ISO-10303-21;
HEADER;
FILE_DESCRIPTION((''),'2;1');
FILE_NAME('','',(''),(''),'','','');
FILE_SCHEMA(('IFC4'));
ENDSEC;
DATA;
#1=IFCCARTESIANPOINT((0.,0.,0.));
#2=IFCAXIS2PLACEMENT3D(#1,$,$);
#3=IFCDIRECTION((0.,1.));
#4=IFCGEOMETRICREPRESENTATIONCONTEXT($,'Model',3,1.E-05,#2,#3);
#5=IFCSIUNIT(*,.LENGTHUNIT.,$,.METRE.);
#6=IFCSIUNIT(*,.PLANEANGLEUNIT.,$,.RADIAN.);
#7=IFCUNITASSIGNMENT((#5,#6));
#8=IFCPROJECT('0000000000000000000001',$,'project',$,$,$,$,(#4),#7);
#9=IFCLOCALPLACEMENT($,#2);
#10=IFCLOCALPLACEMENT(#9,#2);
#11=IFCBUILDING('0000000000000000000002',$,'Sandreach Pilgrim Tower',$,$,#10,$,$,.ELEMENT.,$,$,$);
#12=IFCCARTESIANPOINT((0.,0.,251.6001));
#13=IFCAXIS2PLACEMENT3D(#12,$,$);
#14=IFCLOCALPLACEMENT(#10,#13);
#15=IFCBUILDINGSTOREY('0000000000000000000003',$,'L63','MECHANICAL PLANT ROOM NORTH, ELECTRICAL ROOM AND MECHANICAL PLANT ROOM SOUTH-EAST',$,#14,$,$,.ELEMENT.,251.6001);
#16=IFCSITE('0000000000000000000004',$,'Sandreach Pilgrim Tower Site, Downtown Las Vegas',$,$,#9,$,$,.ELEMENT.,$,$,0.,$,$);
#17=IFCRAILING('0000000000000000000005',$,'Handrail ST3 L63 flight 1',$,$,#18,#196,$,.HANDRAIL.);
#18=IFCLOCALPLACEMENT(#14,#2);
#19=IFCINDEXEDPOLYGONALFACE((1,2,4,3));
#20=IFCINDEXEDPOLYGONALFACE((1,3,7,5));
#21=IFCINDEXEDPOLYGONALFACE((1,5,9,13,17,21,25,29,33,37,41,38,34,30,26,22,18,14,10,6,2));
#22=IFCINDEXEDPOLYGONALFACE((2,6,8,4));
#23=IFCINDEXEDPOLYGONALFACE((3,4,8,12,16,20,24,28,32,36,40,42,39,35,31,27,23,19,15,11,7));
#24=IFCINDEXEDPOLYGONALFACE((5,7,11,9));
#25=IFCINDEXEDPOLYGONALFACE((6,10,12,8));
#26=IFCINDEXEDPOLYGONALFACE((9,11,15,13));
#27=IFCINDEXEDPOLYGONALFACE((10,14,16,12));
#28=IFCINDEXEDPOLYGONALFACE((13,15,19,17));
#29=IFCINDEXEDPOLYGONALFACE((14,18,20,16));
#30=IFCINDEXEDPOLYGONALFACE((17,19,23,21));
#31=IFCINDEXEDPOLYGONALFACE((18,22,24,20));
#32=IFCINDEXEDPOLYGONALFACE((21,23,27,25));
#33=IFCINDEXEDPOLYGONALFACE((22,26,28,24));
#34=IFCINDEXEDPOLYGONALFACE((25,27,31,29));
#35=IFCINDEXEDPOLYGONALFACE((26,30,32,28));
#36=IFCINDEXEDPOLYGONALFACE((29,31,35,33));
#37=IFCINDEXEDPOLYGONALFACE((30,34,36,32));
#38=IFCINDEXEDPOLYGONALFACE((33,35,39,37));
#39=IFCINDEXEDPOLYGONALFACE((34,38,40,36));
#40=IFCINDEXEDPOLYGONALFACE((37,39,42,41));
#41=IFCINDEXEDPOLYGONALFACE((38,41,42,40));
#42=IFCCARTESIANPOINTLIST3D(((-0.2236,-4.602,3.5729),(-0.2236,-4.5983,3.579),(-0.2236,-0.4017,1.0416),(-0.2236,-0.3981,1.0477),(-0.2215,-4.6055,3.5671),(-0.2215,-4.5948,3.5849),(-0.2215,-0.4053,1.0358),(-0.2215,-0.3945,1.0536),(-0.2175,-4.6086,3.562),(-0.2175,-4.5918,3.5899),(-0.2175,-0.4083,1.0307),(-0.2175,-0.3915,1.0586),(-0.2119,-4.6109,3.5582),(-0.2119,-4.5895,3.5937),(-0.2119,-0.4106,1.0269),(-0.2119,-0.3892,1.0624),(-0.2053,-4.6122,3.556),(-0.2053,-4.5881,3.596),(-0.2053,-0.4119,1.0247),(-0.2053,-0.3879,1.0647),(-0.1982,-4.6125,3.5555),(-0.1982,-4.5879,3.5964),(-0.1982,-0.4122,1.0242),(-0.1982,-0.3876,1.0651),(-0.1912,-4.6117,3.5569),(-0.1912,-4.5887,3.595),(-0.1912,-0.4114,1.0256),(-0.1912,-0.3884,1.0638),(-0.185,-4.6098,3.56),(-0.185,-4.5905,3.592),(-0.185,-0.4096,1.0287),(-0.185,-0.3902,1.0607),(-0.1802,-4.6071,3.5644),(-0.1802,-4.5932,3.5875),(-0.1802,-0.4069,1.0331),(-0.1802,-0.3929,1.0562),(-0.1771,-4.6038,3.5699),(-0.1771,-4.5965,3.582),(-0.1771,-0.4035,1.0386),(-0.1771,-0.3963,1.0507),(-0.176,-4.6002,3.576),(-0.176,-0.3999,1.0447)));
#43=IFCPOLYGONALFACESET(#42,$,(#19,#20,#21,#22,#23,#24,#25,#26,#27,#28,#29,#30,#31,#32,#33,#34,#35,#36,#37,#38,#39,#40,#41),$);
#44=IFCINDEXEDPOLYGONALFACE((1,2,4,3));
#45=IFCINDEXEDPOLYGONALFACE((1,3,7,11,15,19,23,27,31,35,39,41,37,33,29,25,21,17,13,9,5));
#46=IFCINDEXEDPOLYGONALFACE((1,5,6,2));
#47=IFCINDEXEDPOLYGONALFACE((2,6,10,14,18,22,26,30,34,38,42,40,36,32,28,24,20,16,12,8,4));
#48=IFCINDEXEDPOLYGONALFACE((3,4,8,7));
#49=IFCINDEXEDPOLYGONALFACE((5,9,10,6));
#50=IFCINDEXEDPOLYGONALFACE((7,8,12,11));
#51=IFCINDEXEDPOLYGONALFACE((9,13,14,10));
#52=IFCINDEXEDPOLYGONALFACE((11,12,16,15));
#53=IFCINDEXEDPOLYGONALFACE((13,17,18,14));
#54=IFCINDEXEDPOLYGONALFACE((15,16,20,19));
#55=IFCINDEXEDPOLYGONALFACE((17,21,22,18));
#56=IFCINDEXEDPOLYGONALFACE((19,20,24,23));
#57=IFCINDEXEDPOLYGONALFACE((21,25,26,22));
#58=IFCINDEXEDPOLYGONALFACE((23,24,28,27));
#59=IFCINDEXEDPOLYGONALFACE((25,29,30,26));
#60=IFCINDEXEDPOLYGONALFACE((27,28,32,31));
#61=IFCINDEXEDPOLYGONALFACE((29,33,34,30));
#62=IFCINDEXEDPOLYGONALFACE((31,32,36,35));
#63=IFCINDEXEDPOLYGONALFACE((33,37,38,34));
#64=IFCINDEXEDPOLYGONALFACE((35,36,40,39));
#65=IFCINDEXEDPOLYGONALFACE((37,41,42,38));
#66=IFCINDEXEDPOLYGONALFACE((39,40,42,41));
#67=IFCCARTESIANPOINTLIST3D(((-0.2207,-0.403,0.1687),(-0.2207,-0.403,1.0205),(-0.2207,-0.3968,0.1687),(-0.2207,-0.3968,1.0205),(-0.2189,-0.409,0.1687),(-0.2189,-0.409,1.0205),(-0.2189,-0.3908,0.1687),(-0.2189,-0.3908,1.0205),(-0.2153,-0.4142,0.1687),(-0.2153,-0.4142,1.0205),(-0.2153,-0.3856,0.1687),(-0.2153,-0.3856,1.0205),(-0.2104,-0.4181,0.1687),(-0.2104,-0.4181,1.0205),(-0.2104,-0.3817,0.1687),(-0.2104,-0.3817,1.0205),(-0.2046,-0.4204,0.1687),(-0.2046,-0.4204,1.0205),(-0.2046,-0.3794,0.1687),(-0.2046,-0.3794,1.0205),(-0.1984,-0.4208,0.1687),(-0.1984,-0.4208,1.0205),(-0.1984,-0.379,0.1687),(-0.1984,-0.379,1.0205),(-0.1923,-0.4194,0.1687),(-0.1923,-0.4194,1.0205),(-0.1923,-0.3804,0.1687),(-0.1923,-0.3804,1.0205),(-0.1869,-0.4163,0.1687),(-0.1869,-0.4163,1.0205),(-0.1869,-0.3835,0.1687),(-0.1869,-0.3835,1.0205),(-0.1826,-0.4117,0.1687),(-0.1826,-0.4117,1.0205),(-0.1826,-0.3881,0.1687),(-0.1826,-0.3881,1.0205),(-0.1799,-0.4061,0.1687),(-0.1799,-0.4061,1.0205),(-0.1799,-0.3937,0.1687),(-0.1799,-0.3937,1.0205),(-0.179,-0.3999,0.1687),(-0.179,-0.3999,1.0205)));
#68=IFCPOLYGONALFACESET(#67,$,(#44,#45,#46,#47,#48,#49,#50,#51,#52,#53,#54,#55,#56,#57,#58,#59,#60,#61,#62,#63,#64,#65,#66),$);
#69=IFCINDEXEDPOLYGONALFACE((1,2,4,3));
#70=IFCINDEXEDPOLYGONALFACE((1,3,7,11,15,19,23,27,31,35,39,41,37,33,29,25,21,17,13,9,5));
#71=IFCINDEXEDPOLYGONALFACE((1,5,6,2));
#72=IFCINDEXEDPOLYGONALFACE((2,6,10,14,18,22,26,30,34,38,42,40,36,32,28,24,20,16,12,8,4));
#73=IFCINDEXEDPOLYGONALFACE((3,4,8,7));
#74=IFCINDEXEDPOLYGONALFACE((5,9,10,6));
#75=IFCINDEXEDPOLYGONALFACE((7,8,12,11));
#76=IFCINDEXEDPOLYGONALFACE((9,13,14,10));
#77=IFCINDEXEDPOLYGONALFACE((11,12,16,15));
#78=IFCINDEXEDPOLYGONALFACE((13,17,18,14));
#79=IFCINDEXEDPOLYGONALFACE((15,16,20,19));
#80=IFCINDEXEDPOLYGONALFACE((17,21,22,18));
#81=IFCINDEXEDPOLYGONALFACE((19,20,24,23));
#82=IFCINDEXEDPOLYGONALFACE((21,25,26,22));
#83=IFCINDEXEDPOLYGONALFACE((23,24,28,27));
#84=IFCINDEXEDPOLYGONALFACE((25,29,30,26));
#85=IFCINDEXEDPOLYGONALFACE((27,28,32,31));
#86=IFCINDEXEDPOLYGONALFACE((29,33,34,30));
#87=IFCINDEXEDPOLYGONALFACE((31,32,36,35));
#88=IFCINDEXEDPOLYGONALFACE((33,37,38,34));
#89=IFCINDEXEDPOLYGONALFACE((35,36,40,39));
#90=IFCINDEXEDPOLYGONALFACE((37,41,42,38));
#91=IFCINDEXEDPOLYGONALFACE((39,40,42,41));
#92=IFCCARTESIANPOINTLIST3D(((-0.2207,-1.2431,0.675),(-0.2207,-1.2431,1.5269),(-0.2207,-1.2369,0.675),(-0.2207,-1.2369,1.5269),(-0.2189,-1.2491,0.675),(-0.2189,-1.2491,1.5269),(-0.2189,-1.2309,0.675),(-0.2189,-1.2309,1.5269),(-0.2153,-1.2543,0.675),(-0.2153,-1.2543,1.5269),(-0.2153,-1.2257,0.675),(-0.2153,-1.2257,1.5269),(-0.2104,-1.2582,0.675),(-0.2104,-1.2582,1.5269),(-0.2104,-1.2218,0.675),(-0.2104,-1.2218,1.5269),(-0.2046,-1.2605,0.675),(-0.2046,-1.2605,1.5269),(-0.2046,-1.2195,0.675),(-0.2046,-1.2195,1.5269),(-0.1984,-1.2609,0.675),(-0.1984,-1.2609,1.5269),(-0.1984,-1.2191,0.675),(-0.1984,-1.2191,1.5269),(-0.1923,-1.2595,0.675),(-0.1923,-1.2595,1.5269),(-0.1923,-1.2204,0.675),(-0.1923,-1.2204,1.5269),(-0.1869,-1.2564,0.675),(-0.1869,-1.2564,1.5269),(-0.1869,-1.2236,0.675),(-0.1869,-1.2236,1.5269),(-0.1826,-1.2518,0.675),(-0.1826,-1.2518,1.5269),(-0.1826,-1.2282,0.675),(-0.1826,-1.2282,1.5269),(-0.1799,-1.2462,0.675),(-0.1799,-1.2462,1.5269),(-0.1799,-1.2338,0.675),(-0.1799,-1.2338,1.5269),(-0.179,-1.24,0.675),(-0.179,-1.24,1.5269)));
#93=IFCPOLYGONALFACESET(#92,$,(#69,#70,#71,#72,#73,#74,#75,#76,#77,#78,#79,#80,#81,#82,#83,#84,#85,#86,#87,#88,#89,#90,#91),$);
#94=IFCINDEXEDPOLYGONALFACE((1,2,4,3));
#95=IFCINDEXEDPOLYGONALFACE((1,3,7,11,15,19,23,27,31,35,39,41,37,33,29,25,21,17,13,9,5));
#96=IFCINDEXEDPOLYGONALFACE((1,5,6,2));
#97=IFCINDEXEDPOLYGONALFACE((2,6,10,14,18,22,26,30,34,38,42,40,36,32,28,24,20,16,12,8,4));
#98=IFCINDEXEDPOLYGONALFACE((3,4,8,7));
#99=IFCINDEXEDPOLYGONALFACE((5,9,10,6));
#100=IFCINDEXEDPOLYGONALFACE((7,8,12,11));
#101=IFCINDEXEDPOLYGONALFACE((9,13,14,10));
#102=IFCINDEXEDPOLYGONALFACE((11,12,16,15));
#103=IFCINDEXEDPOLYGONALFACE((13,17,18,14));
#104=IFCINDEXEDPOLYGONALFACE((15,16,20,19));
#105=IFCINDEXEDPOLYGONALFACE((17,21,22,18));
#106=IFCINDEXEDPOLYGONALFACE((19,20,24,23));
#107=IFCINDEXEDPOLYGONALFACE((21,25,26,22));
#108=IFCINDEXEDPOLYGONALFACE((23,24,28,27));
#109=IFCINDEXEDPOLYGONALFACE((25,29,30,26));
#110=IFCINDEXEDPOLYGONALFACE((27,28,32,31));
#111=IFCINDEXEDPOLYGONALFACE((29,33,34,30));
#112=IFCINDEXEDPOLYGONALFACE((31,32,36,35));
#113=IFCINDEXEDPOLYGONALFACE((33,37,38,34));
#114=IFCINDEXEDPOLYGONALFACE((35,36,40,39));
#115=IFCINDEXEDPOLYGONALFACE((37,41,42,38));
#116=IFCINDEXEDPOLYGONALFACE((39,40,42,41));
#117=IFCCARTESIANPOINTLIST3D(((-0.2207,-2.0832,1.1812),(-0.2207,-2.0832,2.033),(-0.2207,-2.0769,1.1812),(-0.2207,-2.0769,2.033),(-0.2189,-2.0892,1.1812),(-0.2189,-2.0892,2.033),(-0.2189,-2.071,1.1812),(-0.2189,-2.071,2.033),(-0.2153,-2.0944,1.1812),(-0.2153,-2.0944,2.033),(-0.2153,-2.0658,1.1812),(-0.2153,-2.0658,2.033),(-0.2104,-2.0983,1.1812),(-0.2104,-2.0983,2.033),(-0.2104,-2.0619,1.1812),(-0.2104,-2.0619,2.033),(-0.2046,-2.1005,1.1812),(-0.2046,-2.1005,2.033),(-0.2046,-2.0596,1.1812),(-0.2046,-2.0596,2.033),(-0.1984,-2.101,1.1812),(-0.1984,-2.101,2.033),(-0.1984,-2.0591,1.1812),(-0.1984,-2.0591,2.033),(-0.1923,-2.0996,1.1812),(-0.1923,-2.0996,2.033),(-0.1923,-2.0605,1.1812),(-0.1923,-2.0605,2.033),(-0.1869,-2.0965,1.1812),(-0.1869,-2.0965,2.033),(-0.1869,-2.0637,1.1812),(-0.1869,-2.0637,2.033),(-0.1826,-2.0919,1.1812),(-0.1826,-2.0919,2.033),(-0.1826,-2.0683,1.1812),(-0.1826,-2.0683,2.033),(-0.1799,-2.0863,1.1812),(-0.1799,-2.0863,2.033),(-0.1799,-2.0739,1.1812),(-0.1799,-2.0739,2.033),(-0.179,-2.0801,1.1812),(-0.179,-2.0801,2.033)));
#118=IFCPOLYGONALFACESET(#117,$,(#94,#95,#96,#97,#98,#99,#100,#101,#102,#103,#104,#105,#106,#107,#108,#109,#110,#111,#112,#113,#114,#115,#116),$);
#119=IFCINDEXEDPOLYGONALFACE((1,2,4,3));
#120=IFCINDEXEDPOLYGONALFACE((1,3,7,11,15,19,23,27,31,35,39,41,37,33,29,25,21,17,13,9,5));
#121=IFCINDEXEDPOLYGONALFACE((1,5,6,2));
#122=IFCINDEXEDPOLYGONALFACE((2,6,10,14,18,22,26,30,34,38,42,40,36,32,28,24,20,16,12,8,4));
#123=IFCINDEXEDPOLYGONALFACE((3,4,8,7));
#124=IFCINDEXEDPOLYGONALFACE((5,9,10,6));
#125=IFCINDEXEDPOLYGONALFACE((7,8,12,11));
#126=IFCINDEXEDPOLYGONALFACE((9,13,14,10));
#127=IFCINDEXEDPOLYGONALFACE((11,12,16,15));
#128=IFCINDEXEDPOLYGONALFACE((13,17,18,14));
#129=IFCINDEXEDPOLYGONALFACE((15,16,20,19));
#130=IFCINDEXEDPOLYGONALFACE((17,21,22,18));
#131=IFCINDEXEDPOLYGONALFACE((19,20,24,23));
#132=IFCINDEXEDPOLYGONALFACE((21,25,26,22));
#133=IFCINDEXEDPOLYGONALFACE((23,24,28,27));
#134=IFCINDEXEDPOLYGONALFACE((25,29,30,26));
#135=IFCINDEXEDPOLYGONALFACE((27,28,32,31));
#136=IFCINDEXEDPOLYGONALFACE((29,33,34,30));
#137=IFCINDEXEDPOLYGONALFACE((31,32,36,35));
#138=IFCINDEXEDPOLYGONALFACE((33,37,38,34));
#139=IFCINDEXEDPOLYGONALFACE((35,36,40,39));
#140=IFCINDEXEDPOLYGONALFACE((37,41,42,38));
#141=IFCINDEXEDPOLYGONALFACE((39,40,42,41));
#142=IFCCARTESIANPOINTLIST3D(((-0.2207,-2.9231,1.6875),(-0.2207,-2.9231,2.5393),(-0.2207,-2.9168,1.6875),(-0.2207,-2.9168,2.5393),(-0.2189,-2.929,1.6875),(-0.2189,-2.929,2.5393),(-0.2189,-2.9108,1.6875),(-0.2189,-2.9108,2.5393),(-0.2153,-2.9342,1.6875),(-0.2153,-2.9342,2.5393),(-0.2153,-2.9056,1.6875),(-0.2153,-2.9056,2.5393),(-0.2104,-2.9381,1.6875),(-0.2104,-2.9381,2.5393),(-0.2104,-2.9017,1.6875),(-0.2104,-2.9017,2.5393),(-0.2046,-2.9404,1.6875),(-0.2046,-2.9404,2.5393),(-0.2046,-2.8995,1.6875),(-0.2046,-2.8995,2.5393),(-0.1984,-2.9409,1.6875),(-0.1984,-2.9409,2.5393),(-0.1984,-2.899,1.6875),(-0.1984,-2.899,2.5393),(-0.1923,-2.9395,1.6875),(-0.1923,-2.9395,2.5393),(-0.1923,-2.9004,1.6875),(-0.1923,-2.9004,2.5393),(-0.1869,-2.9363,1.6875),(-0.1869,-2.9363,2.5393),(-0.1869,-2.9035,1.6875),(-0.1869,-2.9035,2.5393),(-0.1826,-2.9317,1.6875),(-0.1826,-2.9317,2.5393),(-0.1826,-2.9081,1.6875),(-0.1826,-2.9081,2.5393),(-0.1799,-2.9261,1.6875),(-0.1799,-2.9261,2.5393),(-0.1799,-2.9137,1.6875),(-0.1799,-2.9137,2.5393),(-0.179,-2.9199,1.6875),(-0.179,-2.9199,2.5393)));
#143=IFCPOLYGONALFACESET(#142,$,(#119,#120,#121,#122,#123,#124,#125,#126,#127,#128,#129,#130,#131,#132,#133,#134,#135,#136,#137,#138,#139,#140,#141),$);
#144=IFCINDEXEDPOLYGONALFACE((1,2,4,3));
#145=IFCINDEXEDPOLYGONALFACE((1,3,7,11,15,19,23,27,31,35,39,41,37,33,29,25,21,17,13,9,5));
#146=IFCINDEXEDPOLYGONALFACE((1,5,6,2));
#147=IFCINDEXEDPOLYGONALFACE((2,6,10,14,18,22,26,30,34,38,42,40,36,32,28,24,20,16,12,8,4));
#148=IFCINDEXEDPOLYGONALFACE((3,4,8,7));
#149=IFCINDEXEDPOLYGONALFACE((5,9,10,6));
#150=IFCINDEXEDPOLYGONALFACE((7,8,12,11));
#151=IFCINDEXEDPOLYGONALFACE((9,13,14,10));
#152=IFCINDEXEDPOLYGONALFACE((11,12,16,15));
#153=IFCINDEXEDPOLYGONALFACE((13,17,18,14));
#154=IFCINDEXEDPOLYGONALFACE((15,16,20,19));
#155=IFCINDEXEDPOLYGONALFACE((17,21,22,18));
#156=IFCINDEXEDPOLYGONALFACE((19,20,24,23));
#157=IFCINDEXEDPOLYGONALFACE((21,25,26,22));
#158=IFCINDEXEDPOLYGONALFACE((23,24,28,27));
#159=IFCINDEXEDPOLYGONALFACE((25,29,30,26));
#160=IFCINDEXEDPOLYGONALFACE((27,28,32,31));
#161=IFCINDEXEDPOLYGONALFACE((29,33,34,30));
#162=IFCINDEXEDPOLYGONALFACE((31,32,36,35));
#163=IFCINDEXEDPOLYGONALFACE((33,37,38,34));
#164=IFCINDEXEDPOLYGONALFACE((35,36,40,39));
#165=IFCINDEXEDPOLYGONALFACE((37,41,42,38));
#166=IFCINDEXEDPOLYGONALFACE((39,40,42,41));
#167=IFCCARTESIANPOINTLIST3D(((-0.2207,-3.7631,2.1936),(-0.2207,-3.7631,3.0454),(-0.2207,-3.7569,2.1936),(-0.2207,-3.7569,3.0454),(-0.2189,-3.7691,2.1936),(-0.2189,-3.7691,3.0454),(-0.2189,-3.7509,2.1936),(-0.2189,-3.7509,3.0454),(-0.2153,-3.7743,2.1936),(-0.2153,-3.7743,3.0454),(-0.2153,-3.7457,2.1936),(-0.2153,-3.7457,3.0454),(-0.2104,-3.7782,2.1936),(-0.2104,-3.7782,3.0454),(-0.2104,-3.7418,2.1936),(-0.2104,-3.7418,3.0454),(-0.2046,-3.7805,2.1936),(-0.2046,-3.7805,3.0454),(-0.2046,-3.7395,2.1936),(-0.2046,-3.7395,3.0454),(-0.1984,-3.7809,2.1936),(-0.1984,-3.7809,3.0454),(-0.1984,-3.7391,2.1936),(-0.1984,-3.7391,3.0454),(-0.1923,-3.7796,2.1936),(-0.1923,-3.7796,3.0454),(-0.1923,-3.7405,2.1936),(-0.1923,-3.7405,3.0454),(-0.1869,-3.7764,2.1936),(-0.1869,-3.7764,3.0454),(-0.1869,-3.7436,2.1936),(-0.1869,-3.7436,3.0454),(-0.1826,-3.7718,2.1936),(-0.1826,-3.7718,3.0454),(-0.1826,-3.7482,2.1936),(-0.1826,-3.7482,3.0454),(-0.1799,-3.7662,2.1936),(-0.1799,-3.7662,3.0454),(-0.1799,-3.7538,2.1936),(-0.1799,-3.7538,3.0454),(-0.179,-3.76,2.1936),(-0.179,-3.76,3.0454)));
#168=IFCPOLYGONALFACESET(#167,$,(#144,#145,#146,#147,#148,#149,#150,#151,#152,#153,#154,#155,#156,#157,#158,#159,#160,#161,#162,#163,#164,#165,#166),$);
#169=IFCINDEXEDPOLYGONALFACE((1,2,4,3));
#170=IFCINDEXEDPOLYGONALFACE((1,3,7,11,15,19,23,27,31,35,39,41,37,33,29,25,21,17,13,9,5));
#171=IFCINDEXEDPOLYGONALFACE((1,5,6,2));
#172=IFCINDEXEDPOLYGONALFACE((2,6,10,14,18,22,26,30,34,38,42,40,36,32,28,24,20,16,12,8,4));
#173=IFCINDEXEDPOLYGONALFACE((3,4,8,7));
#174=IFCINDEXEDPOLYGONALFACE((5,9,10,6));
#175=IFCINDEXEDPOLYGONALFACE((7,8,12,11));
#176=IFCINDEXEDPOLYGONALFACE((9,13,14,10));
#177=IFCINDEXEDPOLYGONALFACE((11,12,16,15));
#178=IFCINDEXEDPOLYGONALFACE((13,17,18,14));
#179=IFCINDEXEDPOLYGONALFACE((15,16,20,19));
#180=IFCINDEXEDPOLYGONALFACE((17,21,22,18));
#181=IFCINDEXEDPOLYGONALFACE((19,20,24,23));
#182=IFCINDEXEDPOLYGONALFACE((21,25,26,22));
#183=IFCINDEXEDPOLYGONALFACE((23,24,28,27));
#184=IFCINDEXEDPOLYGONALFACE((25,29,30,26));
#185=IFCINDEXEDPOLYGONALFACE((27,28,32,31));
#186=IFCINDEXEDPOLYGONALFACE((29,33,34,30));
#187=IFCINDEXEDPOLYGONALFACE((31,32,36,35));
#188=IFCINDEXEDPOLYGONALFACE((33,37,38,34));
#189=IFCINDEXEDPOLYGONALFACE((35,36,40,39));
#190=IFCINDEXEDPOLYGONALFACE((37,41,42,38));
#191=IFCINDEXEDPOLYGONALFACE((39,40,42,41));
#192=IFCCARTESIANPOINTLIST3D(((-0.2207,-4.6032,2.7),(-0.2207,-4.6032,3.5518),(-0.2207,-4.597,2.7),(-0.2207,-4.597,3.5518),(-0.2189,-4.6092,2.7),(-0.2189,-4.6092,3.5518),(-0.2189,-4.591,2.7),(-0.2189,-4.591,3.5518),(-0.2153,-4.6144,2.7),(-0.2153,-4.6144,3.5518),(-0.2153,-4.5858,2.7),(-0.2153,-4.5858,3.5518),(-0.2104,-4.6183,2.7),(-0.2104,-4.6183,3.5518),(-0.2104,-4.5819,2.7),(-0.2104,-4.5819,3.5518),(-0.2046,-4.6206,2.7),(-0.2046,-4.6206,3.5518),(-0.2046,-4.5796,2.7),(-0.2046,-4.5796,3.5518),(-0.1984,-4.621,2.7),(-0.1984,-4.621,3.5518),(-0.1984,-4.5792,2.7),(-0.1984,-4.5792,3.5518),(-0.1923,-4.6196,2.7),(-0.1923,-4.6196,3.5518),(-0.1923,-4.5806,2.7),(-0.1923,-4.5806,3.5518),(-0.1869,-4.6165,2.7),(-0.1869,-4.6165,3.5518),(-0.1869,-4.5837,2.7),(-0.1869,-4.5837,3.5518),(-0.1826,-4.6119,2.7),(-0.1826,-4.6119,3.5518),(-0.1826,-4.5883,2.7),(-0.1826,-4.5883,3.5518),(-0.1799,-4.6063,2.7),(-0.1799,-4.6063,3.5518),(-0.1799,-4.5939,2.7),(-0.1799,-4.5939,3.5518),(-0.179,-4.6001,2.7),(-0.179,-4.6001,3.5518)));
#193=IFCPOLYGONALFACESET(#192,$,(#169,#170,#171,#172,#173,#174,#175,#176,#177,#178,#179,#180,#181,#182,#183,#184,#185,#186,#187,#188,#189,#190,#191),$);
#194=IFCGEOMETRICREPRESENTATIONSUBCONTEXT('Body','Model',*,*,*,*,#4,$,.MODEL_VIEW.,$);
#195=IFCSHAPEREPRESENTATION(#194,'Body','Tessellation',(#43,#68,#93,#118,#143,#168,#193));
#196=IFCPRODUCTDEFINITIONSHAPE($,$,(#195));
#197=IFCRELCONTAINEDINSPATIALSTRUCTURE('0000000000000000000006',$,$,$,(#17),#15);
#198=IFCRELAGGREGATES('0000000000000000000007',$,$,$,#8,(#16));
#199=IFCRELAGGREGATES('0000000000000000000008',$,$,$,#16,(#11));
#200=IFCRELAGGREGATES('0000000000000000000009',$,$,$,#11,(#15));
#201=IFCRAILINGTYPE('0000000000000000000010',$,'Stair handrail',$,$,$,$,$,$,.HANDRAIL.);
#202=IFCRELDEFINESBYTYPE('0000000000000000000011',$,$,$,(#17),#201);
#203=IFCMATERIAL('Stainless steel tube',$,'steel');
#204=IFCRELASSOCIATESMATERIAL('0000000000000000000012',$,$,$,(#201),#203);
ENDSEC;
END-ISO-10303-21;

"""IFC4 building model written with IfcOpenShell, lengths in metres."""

from ifc_helpers import new_model, si_unit, direction, frame, origin, origin_2d, place, context, subcontext, project, spatial, circle, extrude, material, type_object, element, save


model = new_model("IFC4")

# Units and contexts
model_context = context("Model", 3, precision=1e-05, world=origin(), true_north=direction((0.0, 1.0)))
body_context = subcontext(model_context, "Body", "Model", "MODEL_VIEW")
ifc_project = project(units=[si_unit("LENGTHUNIT", "METRE"), si_unit("PLANEANGLEUNIT", "RADIAN")], contexts=[model_context])

# Site, building, storey
site_placement = place(None, origin())
site = spatial("IfcSite", under=ifc_project, at=site_placement, Name="Sandreach Pilgrim Tower Site, Downtown Las Vegas", CompositionType="ELEMENT", RefElevation=0.0)
building_placement = place(site_placement, origin())
building = spatial("IfcBuilding", under=site, at=building_placement, Name="Sandreach Pilgrim Tower", CompositionType="ELEMENT")
storey_placement = place(building_placement, frame((0.0, 0.0, 251.6001)))
storey = spatial("IfcBuildingStorey", under=building, at=storey_placement, Name="L63", Description="MECHANICAL PLANT ROOM NORTH, ELECTRICAL ROOM AND MECHANICAL PLANT ROOM SOUTH-EAST", CompositionType="ELEMENT", Elevation=251.6001)

# Railing
ifc_material_1 = material(Name="Stainless steel tube", Category="steel")
railing_type = type_object("IfcRailingType", Name="Stair handrail", PredefinedType="HANDRAIL", material=ifc_material_1)
for number, where, name in (
    (1, (-0.2, -0.3999, 0.1687), "Handrail ST3 L63 flight 1"),
):
    element("IfcRailing", number, at=place(storey_placement, frame(where)), inside=storey, type_object=railing_type, Name=name, PredefinedType="HANDRAIL", context=body_context, shape_type="SweptSolid", body=[
        extrude(circle(Radius=0.0239, at=origin_2d()), frame((0.0, 0.0, 0.876), z_axis=(0.0, -0.85649, 0.516164), x_axis=(1.0, 0.0, 0.0)), (0.0, 0.0, 1.0), 4.9041),
        extrude(circle(Radius=0.021, at=origin_2d()), origin(), (0.0, 0.0, 1.0), 0.8518),
        extrude(circle(Radius=0.021, at=origin_2d()), frame((0.0, -0.8401, 0.5063)), (0.0, 0.0, 1.0), 0.8518),
        extrude(circle(Radius=0.021, at=origin_2d()), frame((0.0, -1.6802, 1.0125)), (0.0, 0.0, 1.0), 0.8518),
        extrude(circle(Radius=0.021, at=origin_2d()), frame((0.0, -2.52, 1.5188)), (0.0, 0.0, 1.0), 0.8518),
        extrude(circle(Radius=0.021, at=origin_2d()), frame((0.0, -3.3601, 2.0249)), (0.0, 0.0, 1.0), 0.8518),
        extrude(circle(Radius=0.021, at=origin_2d()), frame((0.0, -4.2002, 2.5312)), (0.0, 0.0, 1.0), 0.8518),
    ])

save(model, "model.ifc")
